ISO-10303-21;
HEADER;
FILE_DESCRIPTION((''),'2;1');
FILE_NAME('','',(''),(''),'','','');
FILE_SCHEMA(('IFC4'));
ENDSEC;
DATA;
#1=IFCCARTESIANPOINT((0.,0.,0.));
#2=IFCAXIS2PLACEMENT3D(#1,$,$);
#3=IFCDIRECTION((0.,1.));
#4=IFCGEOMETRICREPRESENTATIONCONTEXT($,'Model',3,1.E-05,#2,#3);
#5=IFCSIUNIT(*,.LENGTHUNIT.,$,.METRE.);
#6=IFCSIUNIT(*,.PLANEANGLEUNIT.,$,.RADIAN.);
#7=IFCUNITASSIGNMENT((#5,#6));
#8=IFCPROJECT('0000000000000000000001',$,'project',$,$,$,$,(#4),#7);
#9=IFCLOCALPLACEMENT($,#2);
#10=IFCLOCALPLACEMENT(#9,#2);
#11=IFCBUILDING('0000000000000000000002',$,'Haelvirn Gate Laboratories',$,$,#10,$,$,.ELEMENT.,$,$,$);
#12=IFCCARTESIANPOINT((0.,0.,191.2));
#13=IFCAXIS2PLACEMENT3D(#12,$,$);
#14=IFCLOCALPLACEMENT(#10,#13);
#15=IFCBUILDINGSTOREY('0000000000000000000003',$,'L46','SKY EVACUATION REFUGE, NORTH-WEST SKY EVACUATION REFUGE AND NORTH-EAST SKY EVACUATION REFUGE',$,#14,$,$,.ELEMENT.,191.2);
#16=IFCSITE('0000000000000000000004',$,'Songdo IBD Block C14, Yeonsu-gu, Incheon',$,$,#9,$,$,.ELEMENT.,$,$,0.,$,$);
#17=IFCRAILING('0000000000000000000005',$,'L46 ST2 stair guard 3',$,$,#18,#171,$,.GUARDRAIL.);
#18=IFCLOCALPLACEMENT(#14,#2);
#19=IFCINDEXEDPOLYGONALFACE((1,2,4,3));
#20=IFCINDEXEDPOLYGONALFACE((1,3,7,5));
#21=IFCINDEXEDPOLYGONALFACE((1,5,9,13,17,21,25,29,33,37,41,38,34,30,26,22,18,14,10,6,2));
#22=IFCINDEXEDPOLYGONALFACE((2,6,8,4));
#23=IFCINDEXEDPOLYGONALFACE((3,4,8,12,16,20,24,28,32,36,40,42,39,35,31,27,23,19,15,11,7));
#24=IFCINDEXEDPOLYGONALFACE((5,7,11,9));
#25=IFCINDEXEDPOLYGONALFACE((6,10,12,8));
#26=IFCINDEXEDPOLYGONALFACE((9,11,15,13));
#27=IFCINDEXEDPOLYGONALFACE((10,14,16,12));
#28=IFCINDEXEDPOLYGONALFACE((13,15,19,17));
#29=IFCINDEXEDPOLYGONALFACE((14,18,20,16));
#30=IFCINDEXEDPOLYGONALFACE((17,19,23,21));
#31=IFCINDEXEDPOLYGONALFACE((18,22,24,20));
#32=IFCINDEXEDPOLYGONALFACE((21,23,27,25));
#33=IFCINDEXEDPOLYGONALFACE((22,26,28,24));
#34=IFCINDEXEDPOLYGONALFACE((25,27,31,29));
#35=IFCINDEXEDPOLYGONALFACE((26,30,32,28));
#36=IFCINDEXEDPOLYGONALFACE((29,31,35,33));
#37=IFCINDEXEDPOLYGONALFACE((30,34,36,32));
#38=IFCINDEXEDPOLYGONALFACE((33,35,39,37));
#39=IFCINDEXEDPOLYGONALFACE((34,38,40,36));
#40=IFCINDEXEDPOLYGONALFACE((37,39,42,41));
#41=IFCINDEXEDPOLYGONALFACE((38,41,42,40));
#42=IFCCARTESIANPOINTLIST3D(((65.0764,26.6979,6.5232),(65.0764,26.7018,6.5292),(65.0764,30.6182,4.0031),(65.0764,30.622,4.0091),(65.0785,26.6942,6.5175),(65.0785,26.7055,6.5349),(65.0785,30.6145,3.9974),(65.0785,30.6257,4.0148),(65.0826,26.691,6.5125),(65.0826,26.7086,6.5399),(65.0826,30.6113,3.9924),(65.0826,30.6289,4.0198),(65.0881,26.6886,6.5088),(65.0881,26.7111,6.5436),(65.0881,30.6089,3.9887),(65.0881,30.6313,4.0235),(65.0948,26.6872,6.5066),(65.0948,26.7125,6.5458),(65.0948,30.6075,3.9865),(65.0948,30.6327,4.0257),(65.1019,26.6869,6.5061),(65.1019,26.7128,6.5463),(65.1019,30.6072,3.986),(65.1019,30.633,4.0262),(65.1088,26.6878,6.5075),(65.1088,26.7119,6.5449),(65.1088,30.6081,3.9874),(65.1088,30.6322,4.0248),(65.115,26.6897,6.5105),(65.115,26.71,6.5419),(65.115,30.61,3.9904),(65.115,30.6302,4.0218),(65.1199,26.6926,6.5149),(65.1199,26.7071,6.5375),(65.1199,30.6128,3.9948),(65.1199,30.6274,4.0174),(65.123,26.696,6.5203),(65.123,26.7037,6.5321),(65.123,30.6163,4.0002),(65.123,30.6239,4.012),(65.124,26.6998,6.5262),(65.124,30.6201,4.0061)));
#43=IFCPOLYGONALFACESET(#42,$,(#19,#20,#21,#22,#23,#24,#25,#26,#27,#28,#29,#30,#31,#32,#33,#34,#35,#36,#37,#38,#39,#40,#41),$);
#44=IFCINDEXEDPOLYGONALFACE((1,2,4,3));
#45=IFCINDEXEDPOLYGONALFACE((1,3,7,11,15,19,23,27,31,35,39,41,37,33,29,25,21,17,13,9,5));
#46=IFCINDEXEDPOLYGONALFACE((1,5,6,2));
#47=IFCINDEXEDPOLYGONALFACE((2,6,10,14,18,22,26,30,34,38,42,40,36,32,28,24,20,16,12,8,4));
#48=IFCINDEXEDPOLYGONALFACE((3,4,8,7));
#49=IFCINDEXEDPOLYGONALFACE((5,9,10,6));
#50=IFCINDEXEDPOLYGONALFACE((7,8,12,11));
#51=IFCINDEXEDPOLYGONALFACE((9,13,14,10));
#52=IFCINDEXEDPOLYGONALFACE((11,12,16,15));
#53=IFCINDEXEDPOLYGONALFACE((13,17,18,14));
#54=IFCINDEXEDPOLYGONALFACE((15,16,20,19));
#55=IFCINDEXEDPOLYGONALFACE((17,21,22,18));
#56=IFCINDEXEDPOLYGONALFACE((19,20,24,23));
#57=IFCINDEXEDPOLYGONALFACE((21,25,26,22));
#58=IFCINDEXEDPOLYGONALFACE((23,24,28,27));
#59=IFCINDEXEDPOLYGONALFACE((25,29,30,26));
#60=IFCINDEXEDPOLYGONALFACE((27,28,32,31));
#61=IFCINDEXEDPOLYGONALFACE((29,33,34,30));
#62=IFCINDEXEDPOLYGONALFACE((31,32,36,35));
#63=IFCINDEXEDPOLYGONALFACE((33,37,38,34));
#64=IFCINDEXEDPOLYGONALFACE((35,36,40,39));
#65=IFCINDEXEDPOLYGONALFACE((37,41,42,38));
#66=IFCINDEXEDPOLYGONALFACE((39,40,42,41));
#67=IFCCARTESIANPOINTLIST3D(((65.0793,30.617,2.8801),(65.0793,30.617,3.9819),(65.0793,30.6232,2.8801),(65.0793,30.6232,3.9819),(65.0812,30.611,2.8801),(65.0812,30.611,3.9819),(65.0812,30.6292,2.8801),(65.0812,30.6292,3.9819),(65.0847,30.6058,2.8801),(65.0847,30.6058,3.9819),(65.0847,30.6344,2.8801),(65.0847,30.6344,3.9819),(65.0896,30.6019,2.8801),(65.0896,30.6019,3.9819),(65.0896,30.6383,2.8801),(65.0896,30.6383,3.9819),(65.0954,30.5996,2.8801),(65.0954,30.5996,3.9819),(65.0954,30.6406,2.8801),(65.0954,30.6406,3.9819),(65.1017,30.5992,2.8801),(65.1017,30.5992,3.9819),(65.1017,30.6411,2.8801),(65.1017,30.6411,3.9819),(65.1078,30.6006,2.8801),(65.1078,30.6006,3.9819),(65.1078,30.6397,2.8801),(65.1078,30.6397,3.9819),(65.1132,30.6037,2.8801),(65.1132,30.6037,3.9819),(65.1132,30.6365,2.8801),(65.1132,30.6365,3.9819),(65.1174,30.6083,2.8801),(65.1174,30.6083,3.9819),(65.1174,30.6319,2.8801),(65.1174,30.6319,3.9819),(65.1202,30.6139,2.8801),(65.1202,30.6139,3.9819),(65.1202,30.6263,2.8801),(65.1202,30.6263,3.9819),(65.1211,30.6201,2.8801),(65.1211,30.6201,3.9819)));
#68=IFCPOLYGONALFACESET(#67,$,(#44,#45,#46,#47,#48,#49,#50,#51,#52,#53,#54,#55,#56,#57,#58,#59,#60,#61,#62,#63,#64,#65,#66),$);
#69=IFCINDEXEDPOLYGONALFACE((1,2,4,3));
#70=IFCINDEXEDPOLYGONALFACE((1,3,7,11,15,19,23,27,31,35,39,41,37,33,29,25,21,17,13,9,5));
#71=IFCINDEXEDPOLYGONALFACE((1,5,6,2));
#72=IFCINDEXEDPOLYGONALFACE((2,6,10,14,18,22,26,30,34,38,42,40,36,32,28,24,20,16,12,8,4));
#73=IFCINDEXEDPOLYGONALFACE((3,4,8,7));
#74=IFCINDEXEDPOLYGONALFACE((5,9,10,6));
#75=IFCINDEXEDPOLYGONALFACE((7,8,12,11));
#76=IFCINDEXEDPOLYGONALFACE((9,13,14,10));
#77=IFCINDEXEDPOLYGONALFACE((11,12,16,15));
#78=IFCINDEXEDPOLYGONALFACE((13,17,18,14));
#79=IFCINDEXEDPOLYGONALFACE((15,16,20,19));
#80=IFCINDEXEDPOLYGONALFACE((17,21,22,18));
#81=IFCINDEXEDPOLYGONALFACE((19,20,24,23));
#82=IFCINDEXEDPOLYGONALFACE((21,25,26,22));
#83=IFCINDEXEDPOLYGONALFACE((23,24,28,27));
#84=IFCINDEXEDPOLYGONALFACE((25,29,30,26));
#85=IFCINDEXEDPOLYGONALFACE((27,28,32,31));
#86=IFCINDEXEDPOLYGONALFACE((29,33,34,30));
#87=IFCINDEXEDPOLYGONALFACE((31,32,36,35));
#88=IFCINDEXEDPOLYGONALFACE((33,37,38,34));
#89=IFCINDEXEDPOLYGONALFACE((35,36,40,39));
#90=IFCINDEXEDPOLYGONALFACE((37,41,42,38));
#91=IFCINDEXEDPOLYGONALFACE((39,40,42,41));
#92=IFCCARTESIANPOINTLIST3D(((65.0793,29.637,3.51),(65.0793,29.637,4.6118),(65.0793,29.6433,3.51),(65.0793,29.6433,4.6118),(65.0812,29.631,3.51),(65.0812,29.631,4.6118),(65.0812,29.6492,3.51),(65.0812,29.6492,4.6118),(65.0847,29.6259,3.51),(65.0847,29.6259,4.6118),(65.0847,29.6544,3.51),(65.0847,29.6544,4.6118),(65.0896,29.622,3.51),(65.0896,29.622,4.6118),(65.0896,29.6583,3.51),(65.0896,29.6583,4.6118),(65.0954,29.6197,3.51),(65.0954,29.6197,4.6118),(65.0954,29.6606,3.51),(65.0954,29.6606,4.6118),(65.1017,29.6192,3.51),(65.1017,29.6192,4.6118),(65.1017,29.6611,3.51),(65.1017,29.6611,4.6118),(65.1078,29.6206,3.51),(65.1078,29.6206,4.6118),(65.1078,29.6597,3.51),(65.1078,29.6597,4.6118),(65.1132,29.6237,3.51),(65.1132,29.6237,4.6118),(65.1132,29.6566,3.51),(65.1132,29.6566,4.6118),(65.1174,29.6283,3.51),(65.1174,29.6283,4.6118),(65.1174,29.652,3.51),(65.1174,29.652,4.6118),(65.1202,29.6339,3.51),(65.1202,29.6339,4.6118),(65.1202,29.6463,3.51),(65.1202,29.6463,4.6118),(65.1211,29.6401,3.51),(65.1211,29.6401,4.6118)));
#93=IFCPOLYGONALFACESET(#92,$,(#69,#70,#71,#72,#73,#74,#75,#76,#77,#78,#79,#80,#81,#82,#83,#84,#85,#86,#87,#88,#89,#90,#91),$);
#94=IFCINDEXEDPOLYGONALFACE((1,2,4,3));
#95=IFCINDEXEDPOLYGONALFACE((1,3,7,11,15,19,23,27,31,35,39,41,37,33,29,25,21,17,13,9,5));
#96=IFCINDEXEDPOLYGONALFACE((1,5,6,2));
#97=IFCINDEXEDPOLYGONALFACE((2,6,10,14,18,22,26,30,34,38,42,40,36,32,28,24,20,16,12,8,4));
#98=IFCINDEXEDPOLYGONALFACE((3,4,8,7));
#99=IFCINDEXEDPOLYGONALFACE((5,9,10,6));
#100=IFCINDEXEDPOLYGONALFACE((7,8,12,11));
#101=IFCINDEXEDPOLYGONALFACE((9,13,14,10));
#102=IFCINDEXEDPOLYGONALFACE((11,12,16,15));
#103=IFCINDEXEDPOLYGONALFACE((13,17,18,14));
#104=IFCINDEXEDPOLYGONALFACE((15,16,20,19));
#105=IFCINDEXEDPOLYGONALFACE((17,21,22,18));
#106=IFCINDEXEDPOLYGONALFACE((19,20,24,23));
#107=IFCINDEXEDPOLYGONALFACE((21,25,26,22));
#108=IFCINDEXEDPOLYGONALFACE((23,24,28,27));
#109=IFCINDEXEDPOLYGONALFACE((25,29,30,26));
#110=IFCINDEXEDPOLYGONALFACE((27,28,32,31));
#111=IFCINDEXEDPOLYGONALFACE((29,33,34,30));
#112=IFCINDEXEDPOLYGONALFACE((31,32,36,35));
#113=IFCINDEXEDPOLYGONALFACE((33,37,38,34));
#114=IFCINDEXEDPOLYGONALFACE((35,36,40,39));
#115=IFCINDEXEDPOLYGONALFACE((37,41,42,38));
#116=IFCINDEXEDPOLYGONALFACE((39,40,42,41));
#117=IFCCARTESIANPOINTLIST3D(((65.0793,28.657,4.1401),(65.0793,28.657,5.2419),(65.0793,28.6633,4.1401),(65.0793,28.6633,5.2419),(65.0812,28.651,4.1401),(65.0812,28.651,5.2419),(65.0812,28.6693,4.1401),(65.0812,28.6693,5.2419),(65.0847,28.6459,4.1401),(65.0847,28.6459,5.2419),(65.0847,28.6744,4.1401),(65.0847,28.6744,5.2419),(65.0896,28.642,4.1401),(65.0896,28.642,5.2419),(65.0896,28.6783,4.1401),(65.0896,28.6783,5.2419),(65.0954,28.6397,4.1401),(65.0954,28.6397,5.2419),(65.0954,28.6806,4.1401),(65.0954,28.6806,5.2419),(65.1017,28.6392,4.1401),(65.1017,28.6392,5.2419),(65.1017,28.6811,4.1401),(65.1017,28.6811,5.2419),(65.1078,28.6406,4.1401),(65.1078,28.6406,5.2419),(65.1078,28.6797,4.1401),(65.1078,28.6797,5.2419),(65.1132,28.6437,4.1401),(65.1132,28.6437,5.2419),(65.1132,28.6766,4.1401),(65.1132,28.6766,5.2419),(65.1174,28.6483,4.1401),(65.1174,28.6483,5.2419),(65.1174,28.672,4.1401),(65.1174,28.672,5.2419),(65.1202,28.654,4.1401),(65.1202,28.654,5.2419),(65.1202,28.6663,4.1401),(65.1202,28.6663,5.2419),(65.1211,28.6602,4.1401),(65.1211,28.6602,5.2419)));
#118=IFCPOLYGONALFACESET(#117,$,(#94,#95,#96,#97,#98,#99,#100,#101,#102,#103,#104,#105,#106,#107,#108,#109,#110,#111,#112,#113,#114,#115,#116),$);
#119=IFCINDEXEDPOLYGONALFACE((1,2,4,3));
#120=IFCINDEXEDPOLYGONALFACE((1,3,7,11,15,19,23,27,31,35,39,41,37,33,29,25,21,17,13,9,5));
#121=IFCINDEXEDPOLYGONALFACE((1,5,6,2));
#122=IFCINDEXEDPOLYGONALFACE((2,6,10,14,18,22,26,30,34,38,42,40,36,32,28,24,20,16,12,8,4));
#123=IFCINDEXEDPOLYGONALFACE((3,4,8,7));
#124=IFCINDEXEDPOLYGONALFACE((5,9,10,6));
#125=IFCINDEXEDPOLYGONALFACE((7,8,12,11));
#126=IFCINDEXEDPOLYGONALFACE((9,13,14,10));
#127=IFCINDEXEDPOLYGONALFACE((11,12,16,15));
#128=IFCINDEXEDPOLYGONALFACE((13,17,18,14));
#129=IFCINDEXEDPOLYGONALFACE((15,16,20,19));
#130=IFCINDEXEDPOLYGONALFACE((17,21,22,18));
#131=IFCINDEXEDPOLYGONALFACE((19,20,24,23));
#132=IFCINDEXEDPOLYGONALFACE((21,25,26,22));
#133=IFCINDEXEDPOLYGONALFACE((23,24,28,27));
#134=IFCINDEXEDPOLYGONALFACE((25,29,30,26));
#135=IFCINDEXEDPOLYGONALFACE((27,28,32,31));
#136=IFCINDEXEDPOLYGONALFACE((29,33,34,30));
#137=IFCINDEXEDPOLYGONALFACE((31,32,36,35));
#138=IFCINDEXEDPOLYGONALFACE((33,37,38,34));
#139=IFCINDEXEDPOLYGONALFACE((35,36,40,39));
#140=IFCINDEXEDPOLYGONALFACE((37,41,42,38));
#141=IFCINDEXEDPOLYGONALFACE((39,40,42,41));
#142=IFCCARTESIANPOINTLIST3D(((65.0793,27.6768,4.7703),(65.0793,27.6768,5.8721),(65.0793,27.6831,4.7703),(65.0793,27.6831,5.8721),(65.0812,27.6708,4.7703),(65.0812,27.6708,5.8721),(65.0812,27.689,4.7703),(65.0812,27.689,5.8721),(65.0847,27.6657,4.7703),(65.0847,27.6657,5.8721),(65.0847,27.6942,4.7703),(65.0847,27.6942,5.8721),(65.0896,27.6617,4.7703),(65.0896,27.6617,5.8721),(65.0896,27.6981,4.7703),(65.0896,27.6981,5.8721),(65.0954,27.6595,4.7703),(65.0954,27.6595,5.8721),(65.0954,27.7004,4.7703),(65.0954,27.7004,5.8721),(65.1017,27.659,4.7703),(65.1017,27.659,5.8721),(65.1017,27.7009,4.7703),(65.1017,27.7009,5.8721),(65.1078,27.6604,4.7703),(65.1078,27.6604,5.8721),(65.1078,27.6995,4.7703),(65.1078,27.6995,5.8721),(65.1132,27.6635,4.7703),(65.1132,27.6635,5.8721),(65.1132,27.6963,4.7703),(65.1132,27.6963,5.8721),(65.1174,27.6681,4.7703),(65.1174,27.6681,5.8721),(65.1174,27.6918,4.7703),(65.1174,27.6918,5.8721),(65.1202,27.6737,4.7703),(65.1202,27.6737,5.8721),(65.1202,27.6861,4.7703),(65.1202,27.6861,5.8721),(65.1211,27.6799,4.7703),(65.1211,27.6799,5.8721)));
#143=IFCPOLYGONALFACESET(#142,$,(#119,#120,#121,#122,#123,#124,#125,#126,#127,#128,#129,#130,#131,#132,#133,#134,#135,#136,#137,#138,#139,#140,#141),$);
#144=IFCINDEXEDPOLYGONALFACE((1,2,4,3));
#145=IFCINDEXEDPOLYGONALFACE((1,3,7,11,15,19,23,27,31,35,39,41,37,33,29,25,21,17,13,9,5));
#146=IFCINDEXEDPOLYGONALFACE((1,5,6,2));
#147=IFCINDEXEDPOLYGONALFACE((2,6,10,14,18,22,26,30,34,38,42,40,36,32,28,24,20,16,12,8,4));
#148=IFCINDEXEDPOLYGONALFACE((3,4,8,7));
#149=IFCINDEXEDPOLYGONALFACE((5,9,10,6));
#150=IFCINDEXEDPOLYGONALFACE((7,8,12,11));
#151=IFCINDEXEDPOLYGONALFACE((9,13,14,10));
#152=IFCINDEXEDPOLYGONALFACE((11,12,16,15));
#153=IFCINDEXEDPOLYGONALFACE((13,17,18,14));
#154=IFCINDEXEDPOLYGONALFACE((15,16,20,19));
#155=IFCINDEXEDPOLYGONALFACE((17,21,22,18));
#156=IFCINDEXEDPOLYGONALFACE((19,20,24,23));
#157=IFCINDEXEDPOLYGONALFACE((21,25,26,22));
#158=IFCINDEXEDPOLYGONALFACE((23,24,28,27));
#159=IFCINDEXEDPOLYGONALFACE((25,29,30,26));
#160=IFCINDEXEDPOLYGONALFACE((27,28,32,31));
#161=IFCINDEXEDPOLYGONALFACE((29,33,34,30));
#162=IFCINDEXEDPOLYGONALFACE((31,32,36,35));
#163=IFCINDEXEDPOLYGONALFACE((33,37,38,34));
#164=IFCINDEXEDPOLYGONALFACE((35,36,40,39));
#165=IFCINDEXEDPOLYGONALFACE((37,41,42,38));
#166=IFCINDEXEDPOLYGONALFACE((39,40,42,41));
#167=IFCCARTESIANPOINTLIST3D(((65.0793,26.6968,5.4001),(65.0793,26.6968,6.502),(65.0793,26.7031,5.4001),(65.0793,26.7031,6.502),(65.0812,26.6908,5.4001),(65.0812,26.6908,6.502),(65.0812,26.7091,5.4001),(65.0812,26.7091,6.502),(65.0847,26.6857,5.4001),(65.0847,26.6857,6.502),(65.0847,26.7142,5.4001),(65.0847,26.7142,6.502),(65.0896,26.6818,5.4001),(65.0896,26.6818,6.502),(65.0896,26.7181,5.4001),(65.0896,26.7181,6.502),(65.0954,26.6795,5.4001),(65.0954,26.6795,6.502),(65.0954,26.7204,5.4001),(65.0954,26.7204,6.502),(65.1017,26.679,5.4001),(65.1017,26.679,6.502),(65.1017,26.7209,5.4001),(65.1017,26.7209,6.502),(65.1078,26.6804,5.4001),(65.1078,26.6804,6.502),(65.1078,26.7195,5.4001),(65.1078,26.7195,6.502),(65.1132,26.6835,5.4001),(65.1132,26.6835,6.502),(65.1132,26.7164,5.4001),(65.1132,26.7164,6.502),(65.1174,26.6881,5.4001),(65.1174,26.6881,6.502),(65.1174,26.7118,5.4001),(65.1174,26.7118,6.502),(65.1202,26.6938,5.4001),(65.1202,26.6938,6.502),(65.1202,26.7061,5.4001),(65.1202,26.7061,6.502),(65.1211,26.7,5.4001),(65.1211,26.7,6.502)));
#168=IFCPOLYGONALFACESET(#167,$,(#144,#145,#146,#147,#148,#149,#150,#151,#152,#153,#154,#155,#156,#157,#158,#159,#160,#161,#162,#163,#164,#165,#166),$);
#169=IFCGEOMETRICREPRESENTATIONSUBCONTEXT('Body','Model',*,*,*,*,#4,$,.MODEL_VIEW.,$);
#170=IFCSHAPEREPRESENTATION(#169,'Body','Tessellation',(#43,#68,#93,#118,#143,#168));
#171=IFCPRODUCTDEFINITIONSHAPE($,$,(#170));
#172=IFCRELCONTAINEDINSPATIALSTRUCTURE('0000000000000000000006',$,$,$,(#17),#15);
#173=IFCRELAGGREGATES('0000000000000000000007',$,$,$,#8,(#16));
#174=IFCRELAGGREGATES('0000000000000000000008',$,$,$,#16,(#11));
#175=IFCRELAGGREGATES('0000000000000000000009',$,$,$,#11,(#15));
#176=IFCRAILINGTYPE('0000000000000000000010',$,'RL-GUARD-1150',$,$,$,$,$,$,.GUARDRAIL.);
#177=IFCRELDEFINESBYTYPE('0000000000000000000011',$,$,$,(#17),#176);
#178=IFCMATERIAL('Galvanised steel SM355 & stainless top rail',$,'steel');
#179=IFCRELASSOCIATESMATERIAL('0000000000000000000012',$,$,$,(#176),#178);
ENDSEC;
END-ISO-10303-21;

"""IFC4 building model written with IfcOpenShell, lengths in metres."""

from ifc_helpers import new_model, si_unit, direction, frame, origin, origin_2d, place, context, subcontext, project, spatial, circle, extrude, source, transform, mapped, material, type_object, element, save


model = new_model("IFC4")

# Units and contexts
model_context = context("Model", 3, precision=1e-05, world=origin(), true_north=direction((0.0, 1.0)))
body_context = subcontext(model_context, "Body", "Model", "MODEL_VIEW")
ifc_project = project(units=[si_unit("LENGTHUNIT", "METRE"), si_unit("PLANEANGLEUNIT", "RADIAN")], contexts=[model_context])

# Site, building, storey
site_placement = place(None, origin())
site = spatial("IfcSite", under=ifc_project, at=site_placement, Name="Songdo IBD Block C14, Yeonsu-gu, Incheon", CompositionType="ELEMENT", RefElevation=0.0)
building_placement = place(site_placement, origin())
building = spatial("IfcBuilding", under=site, at=building_placement, Name="Haelvirn Gate Laboratories", CompositionType="ELEMENT")
storey_placement = place(building_placement, frame((0.0, 0.0, 191.2)))
storey = spatial("IfcBuildingStorey", under=building, at=storey_placement, Name="L46", Description="SKY EVACUATION REFUGE, NORTH-WEST SKY EVACUATION REFUGE AND NORTH-EAST SKY EVACUATION REFUGE", CompositionType="ELEMENT", Elevation=191.2)

# Railing
ifc_material_1 = material(Name="Galvanised steel SM355 & stainless top rail", Category="steel")
railing_type_1 = type_object("IfcRailingType", Name="RL-GUARD-1150", PredefinedType="GUARDRAIL", material=ifc_material_1)
shared_shape_1 = source(origin(), body_context, "Body", "SweptSolid", [
    extrude(circle(Radius=0.0239, at=origin_2d()), frame((0.0, 0.0, 1.126), z_axis=(0.0, -0.841187, 0.540744), x_axis=(1.0, 0.0, 0.0)), (0.0, 0.0, 1.0), 4.6604),
    extrude(circle(Radius=0.021, at=origin_2d()), origin(), (0.0, 0.0, 1.0), 1.1018),
    extrude(circle(Radius=0.021, at=origin_2d()), frame((0.0, -0.98, 0.6299)), (0.0, 0.0, 1.0), 1.1018),
    extrude(circle(Radius=0.021, at=origin_2d()), frame((0.0, -1.96, 1.26)), (0.0, 0.0, 1.0), 1.1018),
    extrude(circle(Radius=0.021, at=origin_2d()), frame((0.0, -2.9402, 1.8901)), (0.0, 0.0, 1.0), 1.1018),
    extrude(circle(Radius=0.021, at=origin_2d()), frame((0.0, -3.9202, 2.52)), (0.0, 0.0, 1.0), 1.1018),
])
railing_1_placement = place(storey_placement, frame((65.1001, 30.6201, 2.8801)))
element("IfcRailing", 1, at=railing_1_placement, inside=storey, type_object=railing_type_1, Name="L46 ST2 stair guard 3", PredefinedType="GUARDRAIL", context=body_context, shape_type="MappedRepresentation", body=[
    mapped(shared_shape_1, transform((0.0, 0.0, 0.0), scale=1.0)),
])

save(model, "model.ifc")
